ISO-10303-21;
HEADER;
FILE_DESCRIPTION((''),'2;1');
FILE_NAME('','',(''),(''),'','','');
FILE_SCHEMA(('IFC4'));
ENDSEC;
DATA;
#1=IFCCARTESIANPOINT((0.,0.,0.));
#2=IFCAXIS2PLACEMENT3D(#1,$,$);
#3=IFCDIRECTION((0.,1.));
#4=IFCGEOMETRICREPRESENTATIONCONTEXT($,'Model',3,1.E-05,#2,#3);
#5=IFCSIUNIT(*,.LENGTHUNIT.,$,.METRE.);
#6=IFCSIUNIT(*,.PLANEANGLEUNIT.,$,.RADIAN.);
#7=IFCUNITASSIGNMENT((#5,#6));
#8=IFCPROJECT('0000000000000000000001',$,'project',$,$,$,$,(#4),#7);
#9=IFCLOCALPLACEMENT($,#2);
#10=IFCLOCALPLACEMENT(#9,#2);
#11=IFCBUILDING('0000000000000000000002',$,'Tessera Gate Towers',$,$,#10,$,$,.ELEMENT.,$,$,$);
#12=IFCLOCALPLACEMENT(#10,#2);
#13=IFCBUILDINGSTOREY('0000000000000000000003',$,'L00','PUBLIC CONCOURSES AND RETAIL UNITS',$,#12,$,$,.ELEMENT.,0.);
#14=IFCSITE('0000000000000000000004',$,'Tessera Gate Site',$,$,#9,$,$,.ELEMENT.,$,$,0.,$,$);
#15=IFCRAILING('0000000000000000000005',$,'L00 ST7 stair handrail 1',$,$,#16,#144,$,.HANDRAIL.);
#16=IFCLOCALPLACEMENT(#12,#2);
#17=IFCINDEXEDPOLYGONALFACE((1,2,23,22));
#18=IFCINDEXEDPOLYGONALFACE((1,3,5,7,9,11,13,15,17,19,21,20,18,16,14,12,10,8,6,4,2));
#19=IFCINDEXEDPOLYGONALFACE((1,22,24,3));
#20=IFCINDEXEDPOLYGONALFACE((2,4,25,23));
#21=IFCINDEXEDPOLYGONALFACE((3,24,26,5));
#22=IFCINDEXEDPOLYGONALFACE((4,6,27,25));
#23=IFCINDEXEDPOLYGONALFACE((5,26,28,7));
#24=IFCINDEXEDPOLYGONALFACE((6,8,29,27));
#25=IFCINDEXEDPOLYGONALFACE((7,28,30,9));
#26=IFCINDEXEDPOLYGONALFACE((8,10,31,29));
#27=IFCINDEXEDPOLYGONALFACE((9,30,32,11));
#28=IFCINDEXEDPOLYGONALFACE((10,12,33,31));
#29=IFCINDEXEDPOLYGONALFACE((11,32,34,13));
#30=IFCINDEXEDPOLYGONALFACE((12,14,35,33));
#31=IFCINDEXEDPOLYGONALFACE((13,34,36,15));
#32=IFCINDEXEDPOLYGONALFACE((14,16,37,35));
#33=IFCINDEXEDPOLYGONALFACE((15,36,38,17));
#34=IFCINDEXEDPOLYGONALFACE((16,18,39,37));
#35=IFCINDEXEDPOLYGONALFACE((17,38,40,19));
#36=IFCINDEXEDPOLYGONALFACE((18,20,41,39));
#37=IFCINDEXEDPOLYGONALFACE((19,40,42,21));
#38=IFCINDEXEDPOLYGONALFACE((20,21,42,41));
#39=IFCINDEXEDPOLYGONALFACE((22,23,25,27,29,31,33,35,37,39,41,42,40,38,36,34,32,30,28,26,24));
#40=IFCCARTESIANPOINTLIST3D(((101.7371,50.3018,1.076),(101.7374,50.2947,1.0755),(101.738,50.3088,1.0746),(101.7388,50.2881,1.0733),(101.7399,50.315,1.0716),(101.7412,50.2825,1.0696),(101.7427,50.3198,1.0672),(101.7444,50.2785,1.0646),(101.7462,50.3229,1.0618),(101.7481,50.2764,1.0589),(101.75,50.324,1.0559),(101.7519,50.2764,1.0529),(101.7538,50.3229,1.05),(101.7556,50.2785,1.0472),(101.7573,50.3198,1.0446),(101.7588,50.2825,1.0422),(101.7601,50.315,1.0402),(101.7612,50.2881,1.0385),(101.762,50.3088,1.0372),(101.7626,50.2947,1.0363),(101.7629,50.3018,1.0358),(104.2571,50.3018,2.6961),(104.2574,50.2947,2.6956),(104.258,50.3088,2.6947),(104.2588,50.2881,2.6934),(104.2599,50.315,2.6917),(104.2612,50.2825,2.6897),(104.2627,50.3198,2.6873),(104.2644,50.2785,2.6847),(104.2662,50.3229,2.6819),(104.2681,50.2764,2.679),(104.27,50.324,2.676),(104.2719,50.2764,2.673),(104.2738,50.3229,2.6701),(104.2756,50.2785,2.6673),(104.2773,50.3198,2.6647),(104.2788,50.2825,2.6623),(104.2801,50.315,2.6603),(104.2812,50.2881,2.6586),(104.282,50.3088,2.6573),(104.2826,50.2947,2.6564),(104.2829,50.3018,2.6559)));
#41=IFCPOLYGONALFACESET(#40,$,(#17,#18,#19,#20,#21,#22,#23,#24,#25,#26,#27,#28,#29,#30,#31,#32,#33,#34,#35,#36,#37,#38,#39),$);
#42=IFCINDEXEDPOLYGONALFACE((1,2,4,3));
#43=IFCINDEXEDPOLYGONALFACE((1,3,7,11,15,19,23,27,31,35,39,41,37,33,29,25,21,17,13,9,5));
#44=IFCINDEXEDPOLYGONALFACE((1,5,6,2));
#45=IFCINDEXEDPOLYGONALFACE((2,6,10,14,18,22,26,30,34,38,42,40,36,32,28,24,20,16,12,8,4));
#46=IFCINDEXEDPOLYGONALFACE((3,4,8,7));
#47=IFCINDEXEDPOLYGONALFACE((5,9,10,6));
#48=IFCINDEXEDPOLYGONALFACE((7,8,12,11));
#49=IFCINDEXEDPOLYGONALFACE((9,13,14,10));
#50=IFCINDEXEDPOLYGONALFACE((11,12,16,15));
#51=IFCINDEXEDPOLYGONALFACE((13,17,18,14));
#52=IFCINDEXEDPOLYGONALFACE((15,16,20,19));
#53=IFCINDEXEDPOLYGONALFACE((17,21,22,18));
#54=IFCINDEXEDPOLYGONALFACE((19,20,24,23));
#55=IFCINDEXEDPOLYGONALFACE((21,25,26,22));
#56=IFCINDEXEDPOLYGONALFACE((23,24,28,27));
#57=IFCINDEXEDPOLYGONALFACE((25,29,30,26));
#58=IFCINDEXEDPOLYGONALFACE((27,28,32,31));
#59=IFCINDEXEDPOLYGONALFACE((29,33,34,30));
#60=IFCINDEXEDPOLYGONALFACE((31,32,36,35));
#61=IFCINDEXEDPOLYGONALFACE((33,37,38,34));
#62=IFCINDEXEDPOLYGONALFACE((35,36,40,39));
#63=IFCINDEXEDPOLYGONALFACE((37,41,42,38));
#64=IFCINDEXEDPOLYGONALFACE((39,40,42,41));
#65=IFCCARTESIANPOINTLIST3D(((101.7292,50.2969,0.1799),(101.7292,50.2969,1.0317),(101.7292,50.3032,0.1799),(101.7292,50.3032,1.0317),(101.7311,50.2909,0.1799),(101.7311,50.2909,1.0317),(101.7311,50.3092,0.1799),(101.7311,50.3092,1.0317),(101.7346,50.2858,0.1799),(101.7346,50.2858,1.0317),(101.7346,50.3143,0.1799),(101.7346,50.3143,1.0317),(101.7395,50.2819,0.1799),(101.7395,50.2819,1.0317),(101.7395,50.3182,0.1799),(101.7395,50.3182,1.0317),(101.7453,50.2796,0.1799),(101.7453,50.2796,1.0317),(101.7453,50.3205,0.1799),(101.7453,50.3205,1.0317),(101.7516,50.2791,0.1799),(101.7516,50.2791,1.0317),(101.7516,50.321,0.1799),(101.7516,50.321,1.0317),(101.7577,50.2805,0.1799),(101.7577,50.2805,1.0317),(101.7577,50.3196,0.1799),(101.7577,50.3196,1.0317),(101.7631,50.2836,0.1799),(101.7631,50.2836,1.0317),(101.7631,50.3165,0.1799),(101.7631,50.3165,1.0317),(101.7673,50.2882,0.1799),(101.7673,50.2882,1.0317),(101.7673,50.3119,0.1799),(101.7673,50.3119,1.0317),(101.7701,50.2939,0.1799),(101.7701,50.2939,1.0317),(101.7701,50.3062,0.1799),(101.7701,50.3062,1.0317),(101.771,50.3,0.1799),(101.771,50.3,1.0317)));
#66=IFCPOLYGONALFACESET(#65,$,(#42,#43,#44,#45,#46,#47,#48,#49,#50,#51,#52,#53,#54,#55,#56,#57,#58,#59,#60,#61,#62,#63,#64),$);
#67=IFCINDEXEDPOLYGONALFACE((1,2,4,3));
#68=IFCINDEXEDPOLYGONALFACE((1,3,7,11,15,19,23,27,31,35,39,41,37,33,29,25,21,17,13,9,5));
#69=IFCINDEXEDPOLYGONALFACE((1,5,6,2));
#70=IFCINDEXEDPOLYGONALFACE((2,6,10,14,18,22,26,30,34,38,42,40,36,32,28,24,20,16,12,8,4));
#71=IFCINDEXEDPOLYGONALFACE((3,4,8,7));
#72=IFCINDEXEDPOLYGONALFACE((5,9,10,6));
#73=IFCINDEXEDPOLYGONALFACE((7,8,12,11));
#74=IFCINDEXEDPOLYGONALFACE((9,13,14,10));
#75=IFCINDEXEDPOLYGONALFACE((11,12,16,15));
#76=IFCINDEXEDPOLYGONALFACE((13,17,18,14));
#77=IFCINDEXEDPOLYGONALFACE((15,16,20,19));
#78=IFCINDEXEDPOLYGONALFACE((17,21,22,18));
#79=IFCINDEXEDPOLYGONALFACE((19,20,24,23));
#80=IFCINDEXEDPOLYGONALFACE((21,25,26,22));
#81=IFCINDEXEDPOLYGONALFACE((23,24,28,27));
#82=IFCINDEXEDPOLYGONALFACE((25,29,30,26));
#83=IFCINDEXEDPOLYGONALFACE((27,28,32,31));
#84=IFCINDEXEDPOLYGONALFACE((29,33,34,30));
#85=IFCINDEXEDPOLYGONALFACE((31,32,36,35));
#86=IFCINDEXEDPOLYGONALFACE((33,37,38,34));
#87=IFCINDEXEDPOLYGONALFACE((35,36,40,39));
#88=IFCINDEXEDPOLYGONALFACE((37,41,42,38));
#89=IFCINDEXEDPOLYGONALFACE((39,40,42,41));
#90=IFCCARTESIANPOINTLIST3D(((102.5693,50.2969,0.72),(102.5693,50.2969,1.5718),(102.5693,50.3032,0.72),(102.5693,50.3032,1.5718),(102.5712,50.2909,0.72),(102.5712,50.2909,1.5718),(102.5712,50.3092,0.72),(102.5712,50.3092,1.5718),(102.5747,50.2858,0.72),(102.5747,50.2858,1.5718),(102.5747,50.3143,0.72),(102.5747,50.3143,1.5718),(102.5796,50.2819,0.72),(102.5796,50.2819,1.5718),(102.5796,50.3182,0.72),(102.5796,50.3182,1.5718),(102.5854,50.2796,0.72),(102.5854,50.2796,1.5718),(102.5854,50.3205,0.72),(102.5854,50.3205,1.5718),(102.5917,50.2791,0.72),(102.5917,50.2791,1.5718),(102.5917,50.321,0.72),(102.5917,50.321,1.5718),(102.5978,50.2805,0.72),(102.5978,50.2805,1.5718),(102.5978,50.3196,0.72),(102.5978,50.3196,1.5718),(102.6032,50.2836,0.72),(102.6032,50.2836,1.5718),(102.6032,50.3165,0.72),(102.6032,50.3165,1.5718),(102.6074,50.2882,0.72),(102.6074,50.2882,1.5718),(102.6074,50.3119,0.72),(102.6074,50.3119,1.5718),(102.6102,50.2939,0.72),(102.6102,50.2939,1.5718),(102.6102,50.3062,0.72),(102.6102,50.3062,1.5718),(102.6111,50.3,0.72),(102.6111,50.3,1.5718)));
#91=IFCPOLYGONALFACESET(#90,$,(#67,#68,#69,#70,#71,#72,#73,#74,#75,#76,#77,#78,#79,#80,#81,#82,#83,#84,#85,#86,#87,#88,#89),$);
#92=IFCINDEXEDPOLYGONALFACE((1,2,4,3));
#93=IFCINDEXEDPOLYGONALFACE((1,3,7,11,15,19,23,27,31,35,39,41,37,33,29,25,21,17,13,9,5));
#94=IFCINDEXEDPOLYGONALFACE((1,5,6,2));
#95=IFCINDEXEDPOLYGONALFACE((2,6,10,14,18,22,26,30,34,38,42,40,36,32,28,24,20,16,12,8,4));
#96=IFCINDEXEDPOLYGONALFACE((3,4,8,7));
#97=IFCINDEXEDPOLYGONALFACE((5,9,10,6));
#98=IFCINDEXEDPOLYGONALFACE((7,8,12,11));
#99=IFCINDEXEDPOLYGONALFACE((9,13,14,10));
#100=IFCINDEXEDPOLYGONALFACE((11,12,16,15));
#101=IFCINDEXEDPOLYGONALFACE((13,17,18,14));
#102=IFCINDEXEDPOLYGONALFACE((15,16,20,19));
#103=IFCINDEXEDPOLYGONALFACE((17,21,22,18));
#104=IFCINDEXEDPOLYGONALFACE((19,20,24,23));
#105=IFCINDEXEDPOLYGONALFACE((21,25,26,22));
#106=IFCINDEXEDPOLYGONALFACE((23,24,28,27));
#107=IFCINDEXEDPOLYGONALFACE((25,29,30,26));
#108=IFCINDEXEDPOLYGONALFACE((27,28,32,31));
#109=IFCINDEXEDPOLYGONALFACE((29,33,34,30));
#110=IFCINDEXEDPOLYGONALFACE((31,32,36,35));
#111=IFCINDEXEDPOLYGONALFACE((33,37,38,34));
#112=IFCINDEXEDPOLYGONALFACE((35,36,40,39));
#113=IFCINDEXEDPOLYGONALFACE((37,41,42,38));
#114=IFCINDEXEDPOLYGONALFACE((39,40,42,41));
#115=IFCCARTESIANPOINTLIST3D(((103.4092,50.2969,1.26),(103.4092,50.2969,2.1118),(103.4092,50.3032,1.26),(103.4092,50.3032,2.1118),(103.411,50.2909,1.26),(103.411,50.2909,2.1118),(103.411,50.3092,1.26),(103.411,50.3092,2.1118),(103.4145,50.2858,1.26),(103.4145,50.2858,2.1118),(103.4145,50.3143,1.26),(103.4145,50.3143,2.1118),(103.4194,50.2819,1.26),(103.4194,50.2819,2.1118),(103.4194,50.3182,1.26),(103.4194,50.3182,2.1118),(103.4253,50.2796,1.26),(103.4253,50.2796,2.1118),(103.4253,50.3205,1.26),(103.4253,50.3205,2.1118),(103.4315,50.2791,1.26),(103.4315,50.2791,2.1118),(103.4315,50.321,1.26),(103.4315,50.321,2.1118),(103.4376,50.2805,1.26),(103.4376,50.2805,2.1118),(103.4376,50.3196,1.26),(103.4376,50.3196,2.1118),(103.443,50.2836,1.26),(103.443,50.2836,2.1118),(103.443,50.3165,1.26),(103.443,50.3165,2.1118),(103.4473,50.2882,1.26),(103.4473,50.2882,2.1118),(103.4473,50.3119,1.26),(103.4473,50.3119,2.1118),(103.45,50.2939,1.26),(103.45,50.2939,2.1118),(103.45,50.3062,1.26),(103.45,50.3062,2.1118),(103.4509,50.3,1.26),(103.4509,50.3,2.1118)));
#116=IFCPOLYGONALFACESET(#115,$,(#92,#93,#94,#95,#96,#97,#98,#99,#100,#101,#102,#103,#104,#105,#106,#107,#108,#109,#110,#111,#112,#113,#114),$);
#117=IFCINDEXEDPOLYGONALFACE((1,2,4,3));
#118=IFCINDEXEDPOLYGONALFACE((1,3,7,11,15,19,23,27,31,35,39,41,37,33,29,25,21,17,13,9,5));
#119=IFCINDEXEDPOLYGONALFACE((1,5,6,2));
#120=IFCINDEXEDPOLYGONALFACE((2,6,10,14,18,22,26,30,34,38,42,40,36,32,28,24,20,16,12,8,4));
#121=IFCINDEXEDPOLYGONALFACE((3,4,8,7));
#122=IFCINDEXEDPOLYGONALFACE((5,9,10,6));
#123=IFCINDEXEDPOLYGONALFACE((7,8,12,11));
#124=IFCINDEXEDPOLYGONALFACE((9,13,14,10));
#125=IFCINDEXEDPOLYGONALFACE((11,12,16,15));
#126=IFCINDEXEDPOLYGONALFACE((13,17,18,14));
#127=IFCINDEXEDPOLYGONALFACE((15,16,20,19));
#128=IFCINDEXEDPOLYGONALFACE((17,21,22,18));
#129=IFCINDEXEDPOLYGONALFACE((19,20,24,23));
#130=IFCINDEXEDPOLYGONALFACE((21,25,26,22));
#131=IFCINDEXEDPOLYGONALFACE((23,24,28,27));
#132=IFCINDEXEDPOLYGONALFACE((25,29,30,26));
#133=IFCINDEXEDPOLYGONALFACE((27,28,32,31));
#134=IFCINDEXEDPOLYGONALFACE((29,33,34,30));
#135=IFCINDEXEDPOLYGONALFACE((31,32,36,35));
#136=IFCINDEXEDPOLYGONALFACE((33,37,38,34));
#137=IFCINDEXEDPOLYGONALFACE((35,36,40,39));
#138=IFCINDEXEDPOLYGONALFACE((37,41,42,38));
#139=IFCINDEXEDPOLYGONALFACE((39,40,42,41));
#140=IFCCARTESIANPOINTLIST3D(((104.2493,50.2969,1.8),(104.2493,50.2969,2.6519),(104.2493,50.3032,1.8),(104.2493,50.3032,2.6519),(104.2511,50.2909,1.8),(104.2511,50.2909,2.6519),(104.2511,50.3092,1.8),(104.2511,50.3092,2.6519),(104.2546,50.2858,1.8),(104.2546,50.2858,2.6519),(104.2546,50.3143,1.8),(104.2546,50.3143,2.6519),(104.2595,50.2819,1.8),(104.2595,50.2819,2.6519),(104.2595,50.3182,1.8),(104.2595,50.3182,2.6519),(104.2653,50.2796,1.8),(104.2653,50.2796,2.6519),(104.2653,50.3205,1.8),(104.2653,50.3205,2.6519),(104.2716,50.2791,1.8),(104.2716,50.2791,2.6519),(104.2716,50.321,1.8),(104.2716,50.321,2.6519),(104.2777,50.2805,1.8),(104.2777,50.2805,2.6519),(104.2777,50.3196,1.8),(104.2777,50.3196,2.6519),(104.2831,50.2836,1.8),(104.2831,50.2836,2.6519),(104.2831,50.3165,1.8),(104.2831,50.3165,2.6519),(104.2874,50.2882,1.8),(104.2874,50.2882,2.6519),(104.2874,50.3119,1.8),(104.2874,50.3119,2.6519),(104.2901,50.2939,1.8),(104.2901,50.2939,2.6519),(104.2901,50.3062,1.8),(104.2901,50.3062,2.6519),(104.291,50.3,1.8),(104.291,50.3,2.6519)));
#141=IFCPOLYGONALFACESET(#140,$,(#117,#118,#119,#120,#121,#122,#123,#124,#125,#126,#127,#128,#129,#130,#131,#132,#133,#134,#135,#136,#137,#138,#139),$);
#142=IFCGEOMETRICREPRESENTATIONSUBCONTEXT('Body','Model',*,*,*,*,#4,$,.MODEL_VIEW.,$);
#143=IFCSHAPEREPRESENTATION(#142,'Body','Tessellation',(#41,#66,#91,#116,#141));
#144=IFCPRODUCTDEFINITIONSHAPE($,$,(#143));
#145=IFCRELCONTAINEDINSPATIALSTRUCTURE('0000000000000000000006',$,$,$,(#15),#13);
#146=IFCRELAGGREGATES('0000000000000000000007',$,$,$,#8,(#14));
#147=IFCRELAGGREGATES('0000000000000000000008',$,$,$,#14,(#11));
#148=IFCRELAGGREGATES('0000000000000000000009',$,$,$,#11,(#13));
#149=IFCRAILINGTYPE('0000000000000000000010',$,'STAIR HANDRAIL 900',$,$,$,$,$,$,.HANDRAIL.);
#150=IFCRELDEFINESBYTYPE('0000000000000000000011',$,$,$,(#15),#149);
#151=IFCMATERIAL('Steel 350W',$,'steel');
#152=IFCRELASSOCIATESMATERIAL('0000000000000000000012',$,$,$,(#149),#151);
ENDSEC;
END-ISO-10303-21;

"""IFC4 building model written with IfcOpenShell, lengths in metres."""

from ifc_helpers import new_model, si_unit, direction, frame, origin, origin_2d, place, context, subcontext, project, spatial, circle, extrude, material, type_object, element, save


model = new_model("IFC4")

# Units and contexts
model_context = context("Model", 3, precision=1e-05, world=origin(), true_north=direction((0.0, 1.0)))
body_context = subcontext(model_context, "Body", "Model", "MODEL_VIEW")
ifc_project = project(units=[si_unit("LENGTHUNIT", "METRE"), si_unit("PLANEANGLEUNIT", "RADIAN")], contexts=[model_context])

# Site, building, storey
site_placement = place(None, origin())
site = spatial("IfcSite", under=ifc_project, at=site_placement, Name="Tessera Gate Site", CompositionType="ELEMENT", RefElevation=0.0)
building_placement = place(site_placement, origin())
building = spatial("IfcBuilding", under=site, at=building_placement, Name="Tessera Gate Towers", CompositionType="ELEMENT")
storey_placement = place(building_placement, origin())
storey = spatial("IfcBuildingStorey", under=building, at=storey_placement, Name="L00", Description="PUBLIC CONCOURSES AND RETAIL UNITS", CompositionType="ELEMENT", Elevation=0.0)

# Railing
ifc_material_1 = material(Name="Steel 350W", Category="steel")
railing_type_1 = type_object("IfcRailingType", Name="STAIR HANDRAIL 900", PredefinedType="HANDRAIL", material=ifc_material_1)
railing_1_placement = place(storey_placement, frame((101.75, 50.3, 0.1799)))
element("IfcRailing", 1, at=railing_1_placement, inside=storey, type_object=railing_type_1, Name="L00 ST7 stair handrail 1", PredefinedType="HANDRAIL", context=body_context, shape_type="SweptSolid", body=[
    extrude(circle(Radius=0.0239, at=origin_2d()), frame((0.0, 0.0, 0.876), z_axis=(0.841163, 0.0, 0.540782), x_axis=(0.0, 1.0, 0.0)), (0.0, 0.0, 1.0), 2.9958),
    extrude(circle(Radius=0.021, at=origin_2d()), origin(), (0.0, 0.0, 1.0), 0.8518),
    extrude(circle(Radius=0.021, at=origin_2d()), frame((0.8401, 0.0, 0.54)), (0.0, 0.0, 1.0), 0.8518),
    extrude(circle(Radius=0.021, at=origin_2d()), frame((1.6799, 0.0, 1.0801)), (0.0, 0.0, 1.0), 0.8518),
    extrude(circle(Radius=0.021, at=origin_2d()), frame((2.52, 0.0, 1.6201)), (0.0, 0.0, 1.0), 0.8518),
])

save(model, "model.ifc")
